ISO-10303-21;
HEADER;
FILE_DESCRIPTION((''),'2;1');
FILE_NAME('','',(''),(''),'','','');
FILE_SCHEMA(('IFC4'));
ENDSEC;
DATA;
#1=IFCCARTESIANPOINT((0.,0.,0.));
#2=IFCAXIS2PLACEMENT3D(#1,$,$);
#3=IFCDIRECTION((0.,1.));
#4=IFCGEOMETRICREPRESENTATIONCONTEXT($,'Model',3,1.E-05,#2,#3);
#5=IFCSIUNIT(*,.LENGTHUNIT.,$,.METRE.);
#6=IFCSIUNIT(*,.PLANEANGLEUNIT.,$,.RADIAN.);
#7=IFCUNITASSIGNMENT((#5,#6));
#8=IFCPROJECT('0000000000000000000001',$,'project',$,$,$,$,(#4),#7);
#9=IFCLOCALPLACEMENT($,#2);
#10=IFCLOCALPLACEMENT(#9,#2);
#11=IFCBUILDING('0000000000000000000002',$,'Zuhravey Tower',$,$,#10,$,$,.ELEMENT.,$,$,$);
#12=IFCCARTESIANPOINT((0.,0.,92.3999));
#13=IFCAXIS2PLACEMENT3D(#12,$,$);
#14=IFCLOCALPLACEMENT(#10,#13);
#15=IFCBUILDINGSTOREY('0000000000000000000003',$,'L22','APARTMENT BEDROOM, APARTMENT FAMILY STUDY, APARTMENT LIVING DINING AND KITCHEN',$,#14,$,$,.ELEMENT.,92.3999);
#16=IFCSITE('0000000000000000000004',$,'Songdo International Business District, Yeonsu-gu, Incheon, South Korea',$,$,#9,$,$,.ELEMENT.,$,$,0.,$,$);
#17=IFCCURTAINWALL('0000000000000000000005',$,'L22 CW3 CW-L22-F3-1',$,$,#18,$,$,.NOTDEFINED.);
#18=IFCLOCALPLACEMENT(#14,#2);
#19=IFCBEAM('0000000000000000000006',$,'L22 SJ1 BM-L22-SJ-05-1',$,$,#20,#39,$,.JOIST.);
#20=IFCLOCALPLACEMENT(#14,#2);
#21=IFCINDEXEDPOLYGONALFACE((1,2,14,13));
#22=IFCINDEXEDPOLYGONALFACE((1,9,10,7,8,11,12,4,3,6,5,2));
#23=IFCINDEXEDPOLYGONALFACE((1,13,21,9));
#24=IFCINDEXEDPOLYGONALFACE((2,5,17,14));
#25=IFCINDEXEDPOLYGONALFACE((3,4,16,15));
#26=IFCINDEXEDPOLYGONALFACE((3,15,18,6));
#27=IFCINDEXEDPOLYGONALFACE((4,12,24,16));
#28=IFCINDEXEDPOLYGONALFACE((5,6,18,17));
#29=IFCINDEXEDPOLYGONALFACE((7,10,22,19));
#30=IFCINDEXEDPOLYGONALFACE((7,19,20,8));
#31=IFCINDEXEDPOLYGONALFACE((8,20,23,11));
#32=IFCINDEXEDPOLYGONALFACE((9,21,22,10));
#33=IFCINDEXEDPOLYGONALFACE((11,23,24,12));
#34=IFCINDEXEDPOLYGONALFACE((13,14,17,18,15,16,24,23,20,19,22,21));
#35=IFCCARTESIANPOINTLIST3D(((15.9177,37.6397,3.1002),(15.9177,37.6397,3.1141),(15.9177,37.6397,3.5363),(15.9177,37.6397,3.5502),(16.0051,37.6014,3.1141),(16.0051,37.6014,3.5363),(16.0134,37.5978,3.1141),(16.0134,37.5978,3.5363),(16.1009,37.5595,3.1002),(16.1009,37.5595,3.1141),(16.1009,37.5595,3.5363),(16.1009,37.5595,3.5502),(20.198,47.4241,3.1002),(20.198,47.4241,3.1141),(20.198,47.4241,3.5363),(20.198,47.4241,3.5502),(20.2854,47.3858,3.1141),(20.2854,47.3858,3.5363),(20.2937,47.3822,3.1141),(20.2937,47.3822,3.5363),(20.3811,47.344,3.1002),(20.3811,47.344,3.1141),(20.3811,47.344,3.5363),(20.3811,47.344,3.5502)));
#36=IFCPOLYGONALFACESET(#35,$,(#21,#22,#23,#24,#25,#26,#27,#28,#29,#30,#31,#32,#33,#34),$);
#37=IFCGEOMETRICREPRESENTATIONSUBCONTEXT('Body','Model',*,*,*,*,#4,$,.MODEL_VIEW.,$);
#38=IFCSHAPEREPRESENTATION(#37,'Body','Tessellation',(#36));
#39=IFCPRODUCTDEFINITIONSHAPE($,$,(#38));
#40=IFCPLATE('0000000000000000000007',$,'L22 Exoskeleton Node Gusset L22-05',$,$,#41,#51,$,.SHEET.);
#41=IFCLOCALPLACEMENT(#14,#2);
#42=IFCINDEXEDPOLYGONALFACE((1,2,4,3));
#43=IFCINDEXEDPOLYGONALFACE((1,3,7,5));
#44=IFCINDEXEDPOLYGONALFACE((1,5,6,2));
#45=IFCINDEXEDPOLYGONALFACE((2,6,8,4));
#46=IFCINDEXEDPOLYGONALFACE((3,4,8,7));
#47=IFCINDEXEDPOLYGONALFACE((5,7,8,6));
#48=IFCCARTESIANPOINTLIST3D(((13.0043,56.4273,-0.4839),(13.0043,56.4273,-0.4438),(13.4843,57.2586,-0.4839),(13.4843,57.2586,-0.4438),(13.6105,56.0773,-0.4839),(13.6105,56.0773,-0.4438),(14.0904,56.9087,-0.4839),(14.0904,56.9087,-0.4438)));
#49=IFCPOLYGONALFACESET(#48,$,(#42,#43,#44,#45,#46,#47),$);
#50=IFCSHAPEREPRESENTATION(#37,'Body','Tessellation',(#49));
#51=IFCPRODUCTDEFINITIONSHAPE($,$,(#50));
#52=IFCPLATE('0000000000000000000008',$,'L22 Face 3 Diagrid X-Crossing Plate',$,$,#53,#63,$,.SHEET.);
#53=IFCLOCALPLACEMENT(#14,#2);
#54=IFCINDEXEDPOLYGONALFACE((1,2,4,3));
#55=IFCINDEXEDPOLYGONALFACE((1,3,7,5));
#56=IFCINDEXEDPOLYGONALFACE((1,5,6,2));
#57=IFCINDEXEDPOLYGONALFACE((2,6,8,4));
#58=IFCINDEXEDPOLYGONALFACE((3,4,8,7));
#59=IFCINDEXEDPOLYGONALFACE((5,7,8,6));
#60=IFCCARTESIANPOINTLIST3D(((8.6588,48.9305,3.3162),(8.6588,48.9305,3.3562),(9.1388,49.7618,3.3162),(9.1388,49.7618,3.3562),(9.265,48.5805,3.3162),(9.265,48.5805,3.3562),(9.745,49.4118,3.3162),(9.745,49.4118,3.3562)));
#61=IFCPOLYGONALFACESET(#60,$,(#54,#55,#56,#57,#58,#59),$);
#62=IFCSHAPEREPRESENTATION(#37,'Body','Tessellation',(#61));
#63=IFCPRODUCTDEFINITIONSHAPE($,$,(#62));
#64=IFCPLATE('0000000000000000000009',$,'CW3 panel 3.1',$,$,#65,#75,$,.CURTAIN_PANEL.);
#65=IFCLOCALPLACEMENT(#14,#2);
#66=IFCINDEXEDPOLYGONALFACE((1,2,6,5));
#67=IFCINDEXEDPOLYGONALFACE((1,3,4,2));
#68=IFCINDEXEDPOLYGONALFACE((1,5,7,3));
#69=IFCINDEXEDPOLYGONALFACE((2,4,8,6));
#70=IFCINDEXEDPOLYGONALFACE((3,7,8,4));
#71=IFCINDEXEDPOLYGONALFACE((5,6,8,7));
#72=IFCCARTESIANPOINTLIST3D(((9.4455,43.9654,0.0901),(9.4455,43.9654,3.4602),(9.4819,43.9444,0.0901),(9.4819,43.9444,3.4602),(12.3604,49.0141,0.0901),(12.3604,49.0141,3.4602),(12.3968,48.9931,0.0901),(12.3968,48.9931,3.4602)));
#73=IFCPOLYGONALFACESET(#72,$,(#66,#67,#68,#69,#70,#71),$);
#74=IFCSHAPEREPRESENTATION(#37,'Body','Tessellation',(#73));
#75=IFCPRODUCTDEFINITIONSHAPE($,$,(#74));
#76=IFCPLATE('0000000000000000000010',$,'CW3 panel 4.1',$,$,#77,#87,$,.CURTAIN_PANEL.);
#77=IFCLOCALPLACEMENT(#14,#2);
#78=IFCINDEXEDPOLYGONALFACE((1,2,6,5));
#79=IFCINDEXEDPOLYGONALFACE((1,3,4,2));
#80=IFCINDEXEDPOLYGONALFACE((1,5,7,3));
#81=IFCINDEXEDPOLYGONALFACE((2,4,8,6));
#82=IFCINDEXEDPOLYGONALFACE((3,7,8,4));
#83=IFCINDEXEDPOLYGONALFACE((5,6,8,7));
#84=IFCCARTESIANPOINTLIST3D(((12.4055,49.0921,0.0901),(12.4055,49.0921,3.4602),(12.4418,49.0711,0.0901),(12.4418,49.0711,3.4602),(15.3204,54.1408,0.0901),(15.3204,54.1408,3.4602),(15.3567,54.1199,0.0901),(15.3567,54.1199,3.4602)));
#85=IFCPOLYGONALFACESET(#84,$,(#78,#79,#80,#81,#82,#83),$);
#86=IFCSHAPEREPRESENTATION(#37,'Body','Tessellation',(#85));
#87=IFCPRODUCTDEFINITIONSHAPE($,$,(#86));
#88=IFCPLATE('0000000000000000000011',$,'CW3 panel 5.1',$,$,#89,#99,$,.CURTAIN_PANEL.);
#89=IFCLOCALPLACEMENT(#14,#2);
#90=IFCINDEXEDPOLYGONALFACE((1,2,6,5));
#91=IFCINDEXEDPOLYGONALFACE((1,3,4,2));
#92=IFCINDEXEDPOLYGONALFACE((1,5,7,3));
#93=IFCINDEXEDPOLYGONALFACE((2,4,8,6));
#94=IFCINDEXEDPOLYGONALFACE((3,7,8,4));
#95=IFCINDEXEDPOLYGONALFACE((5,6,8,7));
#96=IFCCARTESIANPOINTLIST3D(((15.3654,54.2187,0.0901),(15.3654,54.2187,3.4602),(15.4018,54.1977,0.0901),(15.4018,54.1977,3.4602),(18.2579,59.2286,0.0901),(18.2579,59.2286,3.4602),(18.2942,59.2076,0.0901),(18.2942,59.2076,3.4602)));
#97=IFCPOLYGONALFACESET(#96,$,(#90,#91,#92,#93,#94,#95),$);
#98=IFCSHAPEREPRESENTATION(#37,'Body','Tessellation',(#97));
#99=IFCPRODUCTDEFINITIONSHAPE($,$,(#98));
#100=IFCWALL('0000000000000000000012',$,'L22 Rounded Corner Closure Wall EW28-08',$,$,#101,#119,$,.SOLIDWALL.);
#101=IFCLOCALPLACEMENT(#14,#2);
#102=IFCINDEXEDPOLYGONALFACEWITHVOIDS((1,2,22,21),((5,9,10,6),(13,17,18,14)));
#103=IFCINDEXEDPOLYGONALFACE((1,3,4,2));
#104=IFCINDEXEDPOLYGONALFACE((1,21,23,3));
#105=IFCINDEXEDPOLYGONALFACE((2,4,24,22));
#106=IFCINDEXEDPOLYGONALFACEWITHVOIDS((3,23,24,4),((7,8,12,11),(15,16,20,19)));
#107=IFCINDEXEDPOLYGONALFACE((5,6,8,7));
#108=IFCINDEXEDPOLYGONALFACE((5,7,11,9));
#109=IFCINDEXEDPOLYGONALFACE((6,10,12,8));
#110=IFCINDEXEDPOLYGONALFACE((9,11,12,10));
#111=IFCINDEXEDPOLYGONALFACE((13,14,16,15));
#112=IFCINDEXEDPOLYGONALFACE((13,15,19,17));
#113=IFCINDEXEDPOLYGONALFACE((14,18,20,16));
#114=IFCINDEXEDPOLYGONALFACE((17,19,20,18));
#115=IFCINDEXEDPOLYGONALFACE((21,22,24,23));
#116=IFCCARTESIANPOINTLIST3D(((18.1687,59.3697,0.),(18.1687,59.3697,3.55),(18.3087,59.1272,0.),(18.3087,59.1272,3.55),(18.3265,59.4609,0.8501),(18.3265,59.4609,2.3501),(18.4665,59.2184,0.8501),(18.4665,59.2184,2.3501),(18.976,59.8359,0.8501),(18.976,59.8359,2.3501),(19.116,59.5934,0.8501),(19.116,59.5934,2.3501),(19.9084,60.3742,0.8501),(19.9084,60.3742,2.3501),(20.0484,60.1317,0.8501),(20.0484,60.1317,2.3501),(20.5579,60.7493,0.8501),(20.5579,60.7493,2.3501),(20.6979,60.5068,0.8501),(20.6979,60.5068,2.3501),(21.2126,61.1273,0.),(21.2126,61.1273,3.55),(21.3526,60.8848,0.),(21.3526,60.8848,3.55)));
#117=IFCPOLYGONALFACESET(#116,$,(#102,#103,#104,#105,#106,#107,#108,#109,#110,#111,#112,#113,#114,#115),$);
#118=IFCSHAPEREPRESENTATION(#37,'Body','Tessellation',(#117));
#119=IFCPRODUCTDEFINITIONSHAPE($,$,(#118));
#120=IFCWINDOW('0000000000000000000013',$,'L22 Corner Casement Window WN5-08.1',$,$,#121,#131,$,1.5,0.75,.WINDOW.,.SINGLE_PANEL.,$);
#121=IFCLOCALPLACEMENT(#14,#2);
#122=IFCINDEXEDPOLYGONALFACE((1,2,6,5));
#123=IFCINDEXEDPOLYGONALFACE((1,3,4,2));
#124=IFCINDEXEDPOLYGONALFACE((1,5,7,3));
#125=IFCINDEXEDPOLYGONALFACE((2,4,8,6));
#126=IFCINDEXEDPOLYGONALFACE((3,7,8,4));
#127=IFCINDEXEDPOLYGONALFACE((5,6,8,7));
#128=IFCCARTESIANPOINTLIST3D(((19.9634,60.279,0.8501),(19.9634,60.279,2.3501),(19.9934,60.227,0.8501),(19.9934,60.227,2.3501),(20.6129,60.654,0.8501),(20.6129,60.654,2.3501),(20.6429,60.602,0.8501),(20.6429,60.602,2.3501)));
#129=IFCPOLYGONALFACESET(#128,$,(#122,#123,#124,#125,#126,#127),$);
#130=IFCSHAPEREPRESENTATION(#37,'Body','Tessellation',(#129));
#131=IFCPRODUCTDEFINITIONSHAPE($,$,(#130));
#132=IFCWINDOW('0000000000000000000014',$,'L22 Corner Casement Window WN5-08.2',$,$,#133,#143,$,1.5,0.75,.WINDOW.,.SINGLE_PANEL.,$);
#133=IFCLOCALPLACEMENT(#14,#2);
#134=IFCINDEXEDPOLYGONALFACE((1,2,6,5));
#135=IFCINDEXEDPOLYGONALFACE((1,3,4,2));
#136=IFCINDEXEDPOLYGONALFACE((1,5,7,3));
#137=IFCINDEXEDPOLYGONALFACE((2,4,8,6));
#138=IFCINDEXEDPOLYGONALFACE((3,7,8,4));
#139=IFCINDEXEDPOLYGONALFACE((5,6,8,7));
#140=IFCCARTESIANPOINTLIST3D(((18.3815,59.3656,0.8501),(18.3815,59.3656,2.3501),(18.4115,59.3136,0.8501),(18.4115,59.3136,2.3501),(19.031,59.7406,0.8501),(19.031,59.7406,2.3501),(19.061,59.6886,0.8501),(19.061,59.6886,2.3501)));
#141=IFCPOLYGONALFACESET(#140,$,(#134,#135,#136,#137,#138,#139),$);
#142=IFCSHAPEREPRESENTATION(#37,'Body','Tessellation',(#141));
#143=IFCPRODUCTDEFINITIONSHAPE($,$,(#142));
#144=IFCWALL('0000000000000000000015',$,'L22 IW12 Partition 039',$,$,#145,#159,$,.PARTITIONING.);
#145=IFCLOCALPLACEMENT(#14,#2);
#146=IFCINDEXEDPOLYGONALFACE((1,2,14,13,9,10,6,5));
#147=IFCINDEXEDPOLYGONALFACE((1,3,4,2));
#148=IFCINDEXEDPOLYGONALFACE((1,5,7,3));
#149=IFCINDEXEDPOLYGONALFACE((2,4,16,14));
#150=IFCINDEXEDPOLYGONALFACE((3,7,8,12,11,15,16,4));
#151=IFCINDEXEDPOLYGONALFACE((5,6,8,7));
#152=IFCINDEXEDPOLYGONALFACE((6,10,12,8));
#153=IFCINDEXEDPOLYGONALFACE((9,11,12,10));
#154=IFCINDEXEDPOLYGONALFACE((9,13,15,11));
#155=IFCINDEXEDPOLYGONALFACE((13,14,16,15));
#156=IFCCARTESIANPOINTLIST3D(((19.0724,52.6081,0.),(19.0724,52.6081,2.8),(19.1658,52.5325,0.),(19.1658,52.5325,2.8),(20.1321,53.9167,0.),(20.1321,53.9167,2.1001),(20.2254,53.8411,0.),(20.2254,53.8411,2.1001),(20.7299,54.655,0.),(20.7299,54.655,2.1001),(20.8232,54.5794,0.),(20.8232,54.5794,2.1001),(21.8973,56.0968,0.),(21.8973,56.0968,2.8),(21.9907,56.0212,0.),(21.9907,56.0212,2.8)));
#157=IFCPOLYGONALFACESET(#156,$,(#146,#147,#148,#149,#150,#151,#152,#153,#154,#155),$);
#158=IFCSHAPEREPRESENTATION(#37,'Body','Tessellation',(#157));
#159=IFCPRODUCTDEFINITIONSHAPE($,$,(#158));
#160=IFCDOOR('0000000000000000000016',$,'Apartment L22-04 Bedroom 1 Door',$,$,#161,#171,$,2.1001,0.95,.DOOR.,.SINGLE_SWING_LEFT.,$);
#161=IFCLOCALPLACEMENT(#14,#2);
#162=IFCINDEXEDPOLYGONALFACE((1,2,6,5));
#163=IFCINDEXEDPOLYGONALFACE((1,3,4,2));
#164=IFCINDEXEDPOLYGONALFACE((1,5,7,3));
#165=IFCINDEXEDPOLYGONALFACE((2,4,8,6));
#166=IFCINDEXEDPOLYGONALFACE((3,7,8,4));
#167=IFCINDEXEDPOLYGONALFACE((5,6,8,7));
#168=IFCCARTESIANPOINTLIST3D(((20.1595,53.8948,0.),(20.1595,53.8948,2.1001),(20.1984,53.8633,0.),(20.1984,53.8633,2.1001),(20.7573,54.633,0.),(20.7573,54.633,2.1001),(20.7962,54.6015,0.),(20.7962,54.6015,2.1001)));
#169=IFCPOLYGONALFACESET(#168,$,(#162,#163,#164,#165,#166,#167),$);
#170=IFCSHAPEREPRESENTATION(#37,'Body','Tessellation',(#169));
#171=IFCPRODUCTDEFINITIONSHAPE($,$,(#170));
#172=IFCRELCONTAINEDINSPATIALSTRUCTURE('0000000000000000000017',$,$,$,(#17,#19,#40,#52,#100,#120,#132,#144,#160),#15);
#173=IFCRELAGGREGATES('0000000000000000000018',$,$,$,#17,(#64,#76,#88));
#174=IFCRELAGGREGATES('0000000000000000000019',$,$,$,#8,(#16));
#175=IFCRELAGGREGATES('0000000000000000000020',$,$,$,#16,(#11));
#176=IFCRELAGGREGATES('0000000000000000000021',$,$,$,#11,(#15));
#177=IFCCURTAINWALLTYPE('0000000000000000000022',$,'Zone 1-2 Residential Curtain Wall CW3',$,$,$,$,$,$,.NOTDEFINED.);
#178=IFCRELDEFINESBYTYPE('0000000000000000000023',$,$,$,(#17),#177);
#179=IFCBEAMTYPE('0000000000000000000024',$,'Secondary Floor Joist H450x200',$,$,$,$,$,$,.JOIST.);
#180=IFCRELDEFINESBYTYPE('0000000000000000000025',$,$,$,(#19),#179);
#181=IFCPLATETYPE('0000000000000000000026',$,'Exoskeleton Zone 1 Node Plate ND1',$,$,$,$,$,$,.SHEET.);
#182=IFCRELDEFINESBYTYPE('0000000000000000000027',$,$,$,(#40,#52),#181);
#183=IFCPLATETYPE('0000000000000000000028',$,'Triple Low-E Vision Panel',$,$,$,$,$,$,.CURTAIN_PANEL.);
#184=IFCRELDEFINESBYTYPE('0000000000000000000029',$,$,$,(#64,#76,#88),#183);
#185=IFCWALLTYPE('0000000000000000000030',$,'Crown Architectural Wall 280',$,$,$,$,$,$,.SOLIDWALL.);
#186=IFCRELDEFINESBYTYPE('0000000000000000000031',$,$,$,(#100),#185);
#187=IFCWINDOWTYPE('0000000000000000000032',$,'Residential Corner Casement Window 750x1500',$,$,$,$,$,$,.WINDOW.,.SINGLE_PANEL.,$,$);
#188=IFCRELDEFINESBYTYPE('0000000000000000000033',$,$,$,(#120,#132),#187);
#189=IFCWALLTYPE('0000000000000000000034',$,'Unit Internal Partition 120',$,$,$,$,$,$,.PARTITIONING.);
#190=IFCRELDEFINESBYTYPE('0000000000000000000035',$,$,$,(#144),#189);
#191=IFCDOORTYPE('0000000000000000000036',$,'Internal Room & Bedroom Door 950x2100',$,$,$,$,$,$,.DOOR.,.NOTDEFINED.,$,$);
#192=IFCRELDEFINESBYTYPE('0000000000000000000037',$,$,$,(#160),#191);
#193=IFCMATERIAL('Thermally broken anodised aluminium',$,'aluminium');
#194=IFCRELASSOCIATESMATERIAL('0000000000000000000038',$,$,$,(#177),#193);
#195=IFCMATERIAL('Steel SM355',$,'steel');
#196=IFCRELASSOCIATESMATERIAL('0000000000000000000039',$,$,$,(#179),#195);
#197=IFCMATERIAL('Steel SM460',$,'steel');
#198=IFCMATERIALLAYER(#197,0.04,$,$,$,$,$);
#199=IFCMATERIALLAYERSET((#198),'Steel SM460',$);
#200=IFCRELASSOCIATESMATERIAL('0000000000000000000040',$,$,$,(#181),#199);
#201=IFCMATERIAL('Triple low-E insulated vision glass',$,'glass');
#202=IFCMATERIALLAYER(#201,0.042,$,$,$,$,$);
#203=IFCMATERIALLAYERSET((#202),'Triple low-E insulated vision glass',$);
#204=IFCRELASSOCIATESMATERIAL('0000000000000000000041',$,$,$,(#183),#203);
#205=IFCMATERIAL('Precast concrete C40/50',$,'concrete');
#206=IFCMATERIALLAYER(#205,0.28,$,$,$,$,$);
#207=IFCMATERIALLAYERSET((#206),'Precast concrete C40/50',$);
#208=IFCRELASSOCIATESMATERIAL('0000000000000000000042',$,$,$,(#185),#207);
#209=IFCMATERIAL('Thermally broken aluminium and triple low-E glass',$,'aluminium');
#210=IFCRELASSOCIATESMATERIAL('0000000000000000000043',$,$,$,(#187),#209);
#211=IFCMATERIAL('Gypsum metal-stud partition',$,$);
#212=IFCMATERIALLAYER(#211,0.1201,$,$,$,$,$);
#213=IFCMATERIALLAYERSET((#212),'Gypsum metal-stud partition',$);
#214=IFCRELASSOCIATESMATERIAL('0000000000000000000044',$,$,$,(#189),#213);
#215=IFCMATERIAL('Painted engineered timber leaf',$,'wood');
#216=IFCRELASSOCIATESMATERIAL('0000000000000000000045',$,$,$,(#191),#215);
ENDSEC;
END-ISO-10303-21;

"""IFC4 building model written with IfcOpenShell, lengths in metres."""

from ifc_helpers import new_model, si_unit, direction, frame, frame_2d, origin, origin_2d, place, context, subcontext, project, spatial, rectangle, i_section, extrude, material, layer, layer_set, material_profile, profile_set, type_object, element, fill, aggregate, save


model = new_model("IFC4")

# Units and contexts
model_context = context("Model", 3, precision=1e-05, world=origin(), true_north=direction((0.0, 1.0)))
body_context = subcontext(model_context, "Body", "Model", "MODEL_VIEW")
ifc_project = project(units=[si_unit("LENGTHUNIT", "METRE"), si_unit("PLANEANGLEUNIT", "RADIAN")], contexts=[model_context])

# Site, building, storey
site_placement = place(None, origin())
site = spatial("IfcSite", under=ifc_project, at=site_placement, Name="Songdo International Business District, Yeonsu-gu, Incheon, South Korea", CompositionType="ELEMENT", RefElevation=0.0)
building_placement = place(site_placement, origin())
building = spatial("IfcBuilding", under=site, at=building_placement, Name="Zuhravey Tower", CompositionType="ELEMENT")
storey_placement = place(building_placement, frame((0.0, 0.0, 92.3999)))
storey = spatial("IfcBuildingStorey", under=building, at=storey_placement, Name="L22", Description="APARTMENT BEDROOM, APARTMENT FAMILY STUDY, APARTMENT LIVING DINING AND KITCHEN", CompositionType="ELEMENT", Elevation=92.3999)

# Curtain wall
ifc_material_1 = material(Name="Thermally broken anodised aluminium", Category="aluminium")
curtain_wall_type = type_object("IfcCurtainWallType", Name="Zone 1-2 Residential Curtain Wall CW3", PredefinedType="NOTDEFINED", material=ifc_material_1)
curtain_wall_1_placement = place(storey_placement, origin())
curtain_wall_1 = element("IfcCurtainWall", 1, at=curtain_wall_1_placement, inside=storey, type_object=curtain_wall_type, Name="L22 CW3 CW-L22-F3-1", PredefinedType="NOTDEFINED")

# Shared definitions
ifc_material_2 = material(Name="Steel SM355", Category="steel")
ifc_material_3 = material(Name="Steel SM460", Category="steel")

# Beam
ifc_material_profile_1 = material_profile(ifc_material_2, i_section(OverallWidth=0.2, OverallDepth=0.45, WebThickness=0.009, FlangeThickness=0.0139, at=origin_2d()), Name="H-450x200x9x14")
ifc_profile_set_1 = profile_set([ifc_material_profile_1], Name="Steel SM355")
beam_type_1 = type_object("IfcBeamType", Name="Secondary Floor Joist H450x200", PredefinedType="JOIST", material=ifc_profile_set_1)
beam_1_placement = place(storey_placement, frame((20.2896, 47.384, 3.3252), z_axis=(-0.400786, -0.916172, 0.0), x_axis=(0.916172, -0.400786, 0.0)))
element("IfcBeam", 2, at=beam_1_placement, inside=storey, type_object=beam_type_1, Name="L22 SJ1 BM-L22-SJ-05-1", PredefinedType="JOIST", context=body_context, shape_type="SweptSolid", body=[
    extrude(i_section(OverallWidth=0.2, OverallDepth=0.45, WebThickness=0.009, FlangeThickness=0.0139, at=origin_2d()), origin(), (0.0, 0.0, 1.0), 10.6797),
])

# Plates
ifc_layer_1 = layer(ifc_material_3, 0.04)
ifc_layer_set_1 = layer_set([ifc_layer_1], Name="Steel SM460")
plate_type_1 = type_object("IfcPlateType", Name="Exoskeleton Zone 1 Node Plate ND1", PredefinedType="SHEET", material=ifc_layer_set_1)
for number, where, z_axis, x_axis, name in (
    (3, (13.5474, 56.668, -0.4839), (0.0, 0.0, 1.0), (-0.5, -0.866025, 0.0), "L22 Exoskeleton Node Gusset L22-05"),
    (4, (9.2019, 49.1711, 3.3162), (0.0, 0.0, 1.0), (-0.5, -0.866025, 0.0), "L22 Face 3 Diagrid X-Crossing Plate"),
):
    element("IfcPlate", number, at=place(storey_placement, frame(where, z_axis=z_axis, x_axis=x_axis)), inside=storey, type_object=plate_type_1, Name=name, PredefinedType="SHEET", context=body_context, shape_type="SweptSolid", body=[
        extrude(rectangle(XDim=0.96, YDim=0.7, at=origin_2d()), origin(), (0.0, 0.0, 1.0), 0.04),
    ])

# Plates
ifc_material_4 = material(Name="Triple low-E insulated vision glass", Category="glass")
ifc_layer_2 = layer(ifc_material_4, 0.042)
ifc_layer_set_2 = layer_set([ifc_layer_2], Name="Triple low-E insulated vision glass")
plate_type_2 = type_object("IfcPlateType", Name="Triple Low-E Vision Panel", PredefinedType="CURTAIN_PANEL", material=ifc_layer_set_2)
plate_1_placement = place(storey_placement, frame((10.9211, 46.4792, 0.0901), z_axis=(0.0, 0.0, 1.0), x_axis=(0.5, 0.866026, 0.0)))
plate_1 = element("IfcPlate", 5, at=plate_1_placement, type_object=plate_type_2, Name="CW3 panel 3.1", PredefinedType="CURTAIN_PANEL", context=body_context, shape_type="SweptSolid", body=[
    extrude(rectangle(XDim=5.8298, YDim=0.042, at=origin_2d()), origin(), (0.0, 0.0, 1.0), 3.3701),
])
plate_2_placement = place(storey_placement, frame((13.8811, 51.606, 0.0901), z_axis=(0.0, 0.0, 1.0), x_axis=(0.5, 0.866026, 0.0)))
plate_2 = element("IfcPlate", 6, at=plate_2_placement, type_object=plate_type_2, Name="CW3 panel 4.1", PredefinedType="CURTAIN_PANEL", context=body_context, shape_type="SweptSolid", body=[
    extrude(rectangle(XDim=5.8298, YDim=0.042, at=origin_2d()), origin(), (0.0, 0.0, 1.0), 3.3701),
])
plate_3_placement = place(storey_placement, frame((16.8298, 56.7131, 0.0901), z_axis=(0.0, 0.0, 1.0), x_axis=(0.5, 0.866026, 0.0)))
plate_3 = element("IfcPlate", 7, at=plate_3_placement, type_object=plate_type_2, Name="CW3 panel 5.1", PredefinedType="CURTAIN_PANEL", context=body_context, shape_type="SweptSolid", body=[
    extrude(rectangle(XDim=5.7849, YDim=0.042, at=origin_2d()), origin(), (0.0, 0.0, 1.0), 3.3701),
])
aggregate(curtain_wall_1, [plate_1, plate_2, plate_3])

# Wall, openings, windows
ifc_material_5 = material(Name="Precast concrete C40/50", Category="concrete")
ifc_layer_3 = layer(ifc_material_5, 0.28)
ifc_layer_set_3 = layer_set([ifc_layer_3], Name="Precast concrete C40/50")
wall_type_1 = type_object("IfcWallType", Name="Crown Architectural Wall 280", PredefinedType="SOLIDWALL", material=ifc_layer_set_3)
wall_1_placement = place(storey_placement, frame((18.2388, 59.2485, 0.0), z_axis=(0.0, 0.0, 1.0), x_axis=(0.866007, 0.500031, 0.0)))
wall_1 = element("IfcWall", 8, at=wall_1_placement, inside=storey, type_object=wall_type_1, Name="L22 Rounded Corner Closure Wall EW28-08", PredefinedType="SOLIDWALL", context=body_context, shape_type="SweptSolid", body=[
    extrude(rectangle(XDim=3.5149, YDim=0.28, at=frame_2d((1.7573, 0.0))), origin(), (0.0, 0.0, 1.0), 3.55),
])
opening_1_placement = place(wall_1_placement, frame((2.0088, 0.0, 0.8501)))
opening_1 = element("IfcOpeningElement", 9, at=opening_1_placement, cuts=wall_1, PredefinedType="OPENING", context=body_context, shape_type="SweptSolid", body=[
    extrude(rectangle(XDim=0.75, YDim=1.5, at=frame_2d((0.375, 0.75))), frame((0.0, 0.1521, 0.0), z_axis=(0.0, -1.0, 0.0), x_axis=(1.0, 0.0, 0.0)), (0.0, 0.0, 1.0), 0.304),
])
opening_2_placement = place(wall_1_placement, frame((0.1821, 0.0, 0.8501)))
opening_2 = element("IfcOpeningElement", 10, at=opening_2_placement, cuts=wall_1, PredefinedType="OPENING", context=body_context, shape_type="SweptSolid", body=[
    extrude(rectangle(XDim=0.75, YDim=1.5, at=frame_2d((0.375, 0.75))), frame((0.0, 0.1521, 0.0), z_axis=(0.0, -1.0, 0.0), x_axis=(1.0, 0.0, 0.0)), (0.0, 0.0, 1.0), 0.304),
])
ifc_material_6 = material(Name="Thermally broken aluminium and triple low-E glass", Category="aluminium")
window_type = type_object("IfcWindowType", Name="Residential Corner Casement Window 750x1500", PartitioningType="SINGLE_PANEL", PredefinedType="WINDOW", material=ifc_material_6)
window_1_placement = place(opening_1_placement, origin())
window_1 = element("IfcWindow", 11, at=window_1_placement, inside=storey, type_object=window_type, Name="L22 Corner Casement Window WN5-08.1", OverallHeight=1.5, OverallWidth=0.75, PartitioningType="SINGLE_PANEL", PredefinedType="WINDOW", context=body_context, shape_type="SweptSolid", body=[
    extrude(rectangle(XDim=0.75, YDim=1.5, at=frame_2d((0.375, 0.75))), frame((0.0, 0.03, 0.0), z_axis=(0.0, -1.0, 0.0), x_axis=(1.0, 0.0, 0.0)), (0.0, 0.0, 1.0), 0.0601),
])
fill(opening_1, window_1)
window_2_placement = place(opening_2_placement, origin())
window_2 = element("IfcWindow", 12, at=window_2_placement, inside=storey, type_object=window_type, Name="L22 Corner Casement Window WN5-08.2", OverallHeight=1.5, OverallWidth=0.75, PartitioningType="SINGLE_PANEL", PredefinedType="WINDOW", context=body_context, shape_type="SweptSolid", body=[
    extrude(rectangle(XDim=0.75, YDim=1.5, at=frame_2d((0.375, 0.75))), frame((0.0, 0.03, 0.0), z_axis=(0.0, -1.0, 0.0), x_axis=(1.0, 0.0, 0.0)), (0.0, 0.0, 1.0), 0.0601),
])
fill(opening_2, window_2)

# Wall, opening, door
ifc_material_7 = material(Name="Gypsum metal-stud partition")
ifc_layer_4 = layer(ifc_material_7, 0.1201)
ifc_layer_set_4 = layer_set([ifc_layer_4], Name="Gypsum metal-stud partition")
wall_type_2 = type_object("IfcWallType", Name="Unit Internal Partition 120", PredefinedType="PARTITIONING", material=ifc_layer_set_4)
wall_2_placement = place(storey_placement, frame((21.9441, 56.0591, 0.0), z_axis=(0.0, 0.0, 1.0), x_axis=(-0.629294, -0.777168, 0.0)))
wall_2 = element("IfcWall", 13, at=wall_2_placement, inside=storey, type_object=wall_type_2, Name="L22 IW12 Partition 039", PredefinedType="PARTITIONING", context=body_context, shape_type="SweptSolid", body=[
    extrude(rectangle(XDim=4.489, YDim=0.1201, at=frame_2d((2.2446, 0.0))), origin(), (0.0, 0.0, 1.0), 2.8),
])
opening_3_placement = place(wall_2_placement, frame((1.8552, 0.0, 0.0)))
opening_3 = element("IfcOpeningElement", 14, at=opening_3_placement, cuts=wall_2, PredefinedType="OPENING", context=body_context, shape_type="SweptSolid", body=[
    extrude(rectangle(XDim=0.95, YDim=2.1001, at=frame_2d((0.4751, 1.05))), frame((0.0, 0.072, 0.0), z_axis=(0.0, -1.0, 0.0), x_axis=(1.0, 0.0, 0.0)), (0.0, 0.0, 1.0), 0.144),
])
ifc_material_8 = material(Name="Painted engineered timber leaf", Category="wood")
door_type = type_object("IfcDoorType", Name="Internal Room & Bedroom Door 950x2100", OperationType="NOTDEFINED", PredefinedType="DOOR", material=ifc_material_8)
door_placement = place(opening_3_placement, frame((0.95, 0.0, 0.0), z_axis=(0.0, 0.0, 1.0), x_axis=(-1.0, 0.0, 0.0)))
door = element("IfcDoor", 15, at=door_placement, inside=storey, type_object=door_type, Name="Apartment L22-04 Bedroom 1 Door", OperationType="SINGLE_SWING_LEFT", OverallHeight=2.1001, OverallWidth=0.95, PredefinedType="DOOR", context=body_context, shape_type="SweptSolid", body=[
    extrude(rectangle(XDim=0.95, YDim=2.1001, at=frame_2d((0.4751, 1.05))), frame((0.0, 0.0249, 0.0), z_axis=(0.0, -1.0, 0.0), x_axis=(1.0, 0.0, 0.0)), (0.0, 0.0, 1.0), 0.05),
])
fill(opening_3, door)

save(model, "model.ifc")
